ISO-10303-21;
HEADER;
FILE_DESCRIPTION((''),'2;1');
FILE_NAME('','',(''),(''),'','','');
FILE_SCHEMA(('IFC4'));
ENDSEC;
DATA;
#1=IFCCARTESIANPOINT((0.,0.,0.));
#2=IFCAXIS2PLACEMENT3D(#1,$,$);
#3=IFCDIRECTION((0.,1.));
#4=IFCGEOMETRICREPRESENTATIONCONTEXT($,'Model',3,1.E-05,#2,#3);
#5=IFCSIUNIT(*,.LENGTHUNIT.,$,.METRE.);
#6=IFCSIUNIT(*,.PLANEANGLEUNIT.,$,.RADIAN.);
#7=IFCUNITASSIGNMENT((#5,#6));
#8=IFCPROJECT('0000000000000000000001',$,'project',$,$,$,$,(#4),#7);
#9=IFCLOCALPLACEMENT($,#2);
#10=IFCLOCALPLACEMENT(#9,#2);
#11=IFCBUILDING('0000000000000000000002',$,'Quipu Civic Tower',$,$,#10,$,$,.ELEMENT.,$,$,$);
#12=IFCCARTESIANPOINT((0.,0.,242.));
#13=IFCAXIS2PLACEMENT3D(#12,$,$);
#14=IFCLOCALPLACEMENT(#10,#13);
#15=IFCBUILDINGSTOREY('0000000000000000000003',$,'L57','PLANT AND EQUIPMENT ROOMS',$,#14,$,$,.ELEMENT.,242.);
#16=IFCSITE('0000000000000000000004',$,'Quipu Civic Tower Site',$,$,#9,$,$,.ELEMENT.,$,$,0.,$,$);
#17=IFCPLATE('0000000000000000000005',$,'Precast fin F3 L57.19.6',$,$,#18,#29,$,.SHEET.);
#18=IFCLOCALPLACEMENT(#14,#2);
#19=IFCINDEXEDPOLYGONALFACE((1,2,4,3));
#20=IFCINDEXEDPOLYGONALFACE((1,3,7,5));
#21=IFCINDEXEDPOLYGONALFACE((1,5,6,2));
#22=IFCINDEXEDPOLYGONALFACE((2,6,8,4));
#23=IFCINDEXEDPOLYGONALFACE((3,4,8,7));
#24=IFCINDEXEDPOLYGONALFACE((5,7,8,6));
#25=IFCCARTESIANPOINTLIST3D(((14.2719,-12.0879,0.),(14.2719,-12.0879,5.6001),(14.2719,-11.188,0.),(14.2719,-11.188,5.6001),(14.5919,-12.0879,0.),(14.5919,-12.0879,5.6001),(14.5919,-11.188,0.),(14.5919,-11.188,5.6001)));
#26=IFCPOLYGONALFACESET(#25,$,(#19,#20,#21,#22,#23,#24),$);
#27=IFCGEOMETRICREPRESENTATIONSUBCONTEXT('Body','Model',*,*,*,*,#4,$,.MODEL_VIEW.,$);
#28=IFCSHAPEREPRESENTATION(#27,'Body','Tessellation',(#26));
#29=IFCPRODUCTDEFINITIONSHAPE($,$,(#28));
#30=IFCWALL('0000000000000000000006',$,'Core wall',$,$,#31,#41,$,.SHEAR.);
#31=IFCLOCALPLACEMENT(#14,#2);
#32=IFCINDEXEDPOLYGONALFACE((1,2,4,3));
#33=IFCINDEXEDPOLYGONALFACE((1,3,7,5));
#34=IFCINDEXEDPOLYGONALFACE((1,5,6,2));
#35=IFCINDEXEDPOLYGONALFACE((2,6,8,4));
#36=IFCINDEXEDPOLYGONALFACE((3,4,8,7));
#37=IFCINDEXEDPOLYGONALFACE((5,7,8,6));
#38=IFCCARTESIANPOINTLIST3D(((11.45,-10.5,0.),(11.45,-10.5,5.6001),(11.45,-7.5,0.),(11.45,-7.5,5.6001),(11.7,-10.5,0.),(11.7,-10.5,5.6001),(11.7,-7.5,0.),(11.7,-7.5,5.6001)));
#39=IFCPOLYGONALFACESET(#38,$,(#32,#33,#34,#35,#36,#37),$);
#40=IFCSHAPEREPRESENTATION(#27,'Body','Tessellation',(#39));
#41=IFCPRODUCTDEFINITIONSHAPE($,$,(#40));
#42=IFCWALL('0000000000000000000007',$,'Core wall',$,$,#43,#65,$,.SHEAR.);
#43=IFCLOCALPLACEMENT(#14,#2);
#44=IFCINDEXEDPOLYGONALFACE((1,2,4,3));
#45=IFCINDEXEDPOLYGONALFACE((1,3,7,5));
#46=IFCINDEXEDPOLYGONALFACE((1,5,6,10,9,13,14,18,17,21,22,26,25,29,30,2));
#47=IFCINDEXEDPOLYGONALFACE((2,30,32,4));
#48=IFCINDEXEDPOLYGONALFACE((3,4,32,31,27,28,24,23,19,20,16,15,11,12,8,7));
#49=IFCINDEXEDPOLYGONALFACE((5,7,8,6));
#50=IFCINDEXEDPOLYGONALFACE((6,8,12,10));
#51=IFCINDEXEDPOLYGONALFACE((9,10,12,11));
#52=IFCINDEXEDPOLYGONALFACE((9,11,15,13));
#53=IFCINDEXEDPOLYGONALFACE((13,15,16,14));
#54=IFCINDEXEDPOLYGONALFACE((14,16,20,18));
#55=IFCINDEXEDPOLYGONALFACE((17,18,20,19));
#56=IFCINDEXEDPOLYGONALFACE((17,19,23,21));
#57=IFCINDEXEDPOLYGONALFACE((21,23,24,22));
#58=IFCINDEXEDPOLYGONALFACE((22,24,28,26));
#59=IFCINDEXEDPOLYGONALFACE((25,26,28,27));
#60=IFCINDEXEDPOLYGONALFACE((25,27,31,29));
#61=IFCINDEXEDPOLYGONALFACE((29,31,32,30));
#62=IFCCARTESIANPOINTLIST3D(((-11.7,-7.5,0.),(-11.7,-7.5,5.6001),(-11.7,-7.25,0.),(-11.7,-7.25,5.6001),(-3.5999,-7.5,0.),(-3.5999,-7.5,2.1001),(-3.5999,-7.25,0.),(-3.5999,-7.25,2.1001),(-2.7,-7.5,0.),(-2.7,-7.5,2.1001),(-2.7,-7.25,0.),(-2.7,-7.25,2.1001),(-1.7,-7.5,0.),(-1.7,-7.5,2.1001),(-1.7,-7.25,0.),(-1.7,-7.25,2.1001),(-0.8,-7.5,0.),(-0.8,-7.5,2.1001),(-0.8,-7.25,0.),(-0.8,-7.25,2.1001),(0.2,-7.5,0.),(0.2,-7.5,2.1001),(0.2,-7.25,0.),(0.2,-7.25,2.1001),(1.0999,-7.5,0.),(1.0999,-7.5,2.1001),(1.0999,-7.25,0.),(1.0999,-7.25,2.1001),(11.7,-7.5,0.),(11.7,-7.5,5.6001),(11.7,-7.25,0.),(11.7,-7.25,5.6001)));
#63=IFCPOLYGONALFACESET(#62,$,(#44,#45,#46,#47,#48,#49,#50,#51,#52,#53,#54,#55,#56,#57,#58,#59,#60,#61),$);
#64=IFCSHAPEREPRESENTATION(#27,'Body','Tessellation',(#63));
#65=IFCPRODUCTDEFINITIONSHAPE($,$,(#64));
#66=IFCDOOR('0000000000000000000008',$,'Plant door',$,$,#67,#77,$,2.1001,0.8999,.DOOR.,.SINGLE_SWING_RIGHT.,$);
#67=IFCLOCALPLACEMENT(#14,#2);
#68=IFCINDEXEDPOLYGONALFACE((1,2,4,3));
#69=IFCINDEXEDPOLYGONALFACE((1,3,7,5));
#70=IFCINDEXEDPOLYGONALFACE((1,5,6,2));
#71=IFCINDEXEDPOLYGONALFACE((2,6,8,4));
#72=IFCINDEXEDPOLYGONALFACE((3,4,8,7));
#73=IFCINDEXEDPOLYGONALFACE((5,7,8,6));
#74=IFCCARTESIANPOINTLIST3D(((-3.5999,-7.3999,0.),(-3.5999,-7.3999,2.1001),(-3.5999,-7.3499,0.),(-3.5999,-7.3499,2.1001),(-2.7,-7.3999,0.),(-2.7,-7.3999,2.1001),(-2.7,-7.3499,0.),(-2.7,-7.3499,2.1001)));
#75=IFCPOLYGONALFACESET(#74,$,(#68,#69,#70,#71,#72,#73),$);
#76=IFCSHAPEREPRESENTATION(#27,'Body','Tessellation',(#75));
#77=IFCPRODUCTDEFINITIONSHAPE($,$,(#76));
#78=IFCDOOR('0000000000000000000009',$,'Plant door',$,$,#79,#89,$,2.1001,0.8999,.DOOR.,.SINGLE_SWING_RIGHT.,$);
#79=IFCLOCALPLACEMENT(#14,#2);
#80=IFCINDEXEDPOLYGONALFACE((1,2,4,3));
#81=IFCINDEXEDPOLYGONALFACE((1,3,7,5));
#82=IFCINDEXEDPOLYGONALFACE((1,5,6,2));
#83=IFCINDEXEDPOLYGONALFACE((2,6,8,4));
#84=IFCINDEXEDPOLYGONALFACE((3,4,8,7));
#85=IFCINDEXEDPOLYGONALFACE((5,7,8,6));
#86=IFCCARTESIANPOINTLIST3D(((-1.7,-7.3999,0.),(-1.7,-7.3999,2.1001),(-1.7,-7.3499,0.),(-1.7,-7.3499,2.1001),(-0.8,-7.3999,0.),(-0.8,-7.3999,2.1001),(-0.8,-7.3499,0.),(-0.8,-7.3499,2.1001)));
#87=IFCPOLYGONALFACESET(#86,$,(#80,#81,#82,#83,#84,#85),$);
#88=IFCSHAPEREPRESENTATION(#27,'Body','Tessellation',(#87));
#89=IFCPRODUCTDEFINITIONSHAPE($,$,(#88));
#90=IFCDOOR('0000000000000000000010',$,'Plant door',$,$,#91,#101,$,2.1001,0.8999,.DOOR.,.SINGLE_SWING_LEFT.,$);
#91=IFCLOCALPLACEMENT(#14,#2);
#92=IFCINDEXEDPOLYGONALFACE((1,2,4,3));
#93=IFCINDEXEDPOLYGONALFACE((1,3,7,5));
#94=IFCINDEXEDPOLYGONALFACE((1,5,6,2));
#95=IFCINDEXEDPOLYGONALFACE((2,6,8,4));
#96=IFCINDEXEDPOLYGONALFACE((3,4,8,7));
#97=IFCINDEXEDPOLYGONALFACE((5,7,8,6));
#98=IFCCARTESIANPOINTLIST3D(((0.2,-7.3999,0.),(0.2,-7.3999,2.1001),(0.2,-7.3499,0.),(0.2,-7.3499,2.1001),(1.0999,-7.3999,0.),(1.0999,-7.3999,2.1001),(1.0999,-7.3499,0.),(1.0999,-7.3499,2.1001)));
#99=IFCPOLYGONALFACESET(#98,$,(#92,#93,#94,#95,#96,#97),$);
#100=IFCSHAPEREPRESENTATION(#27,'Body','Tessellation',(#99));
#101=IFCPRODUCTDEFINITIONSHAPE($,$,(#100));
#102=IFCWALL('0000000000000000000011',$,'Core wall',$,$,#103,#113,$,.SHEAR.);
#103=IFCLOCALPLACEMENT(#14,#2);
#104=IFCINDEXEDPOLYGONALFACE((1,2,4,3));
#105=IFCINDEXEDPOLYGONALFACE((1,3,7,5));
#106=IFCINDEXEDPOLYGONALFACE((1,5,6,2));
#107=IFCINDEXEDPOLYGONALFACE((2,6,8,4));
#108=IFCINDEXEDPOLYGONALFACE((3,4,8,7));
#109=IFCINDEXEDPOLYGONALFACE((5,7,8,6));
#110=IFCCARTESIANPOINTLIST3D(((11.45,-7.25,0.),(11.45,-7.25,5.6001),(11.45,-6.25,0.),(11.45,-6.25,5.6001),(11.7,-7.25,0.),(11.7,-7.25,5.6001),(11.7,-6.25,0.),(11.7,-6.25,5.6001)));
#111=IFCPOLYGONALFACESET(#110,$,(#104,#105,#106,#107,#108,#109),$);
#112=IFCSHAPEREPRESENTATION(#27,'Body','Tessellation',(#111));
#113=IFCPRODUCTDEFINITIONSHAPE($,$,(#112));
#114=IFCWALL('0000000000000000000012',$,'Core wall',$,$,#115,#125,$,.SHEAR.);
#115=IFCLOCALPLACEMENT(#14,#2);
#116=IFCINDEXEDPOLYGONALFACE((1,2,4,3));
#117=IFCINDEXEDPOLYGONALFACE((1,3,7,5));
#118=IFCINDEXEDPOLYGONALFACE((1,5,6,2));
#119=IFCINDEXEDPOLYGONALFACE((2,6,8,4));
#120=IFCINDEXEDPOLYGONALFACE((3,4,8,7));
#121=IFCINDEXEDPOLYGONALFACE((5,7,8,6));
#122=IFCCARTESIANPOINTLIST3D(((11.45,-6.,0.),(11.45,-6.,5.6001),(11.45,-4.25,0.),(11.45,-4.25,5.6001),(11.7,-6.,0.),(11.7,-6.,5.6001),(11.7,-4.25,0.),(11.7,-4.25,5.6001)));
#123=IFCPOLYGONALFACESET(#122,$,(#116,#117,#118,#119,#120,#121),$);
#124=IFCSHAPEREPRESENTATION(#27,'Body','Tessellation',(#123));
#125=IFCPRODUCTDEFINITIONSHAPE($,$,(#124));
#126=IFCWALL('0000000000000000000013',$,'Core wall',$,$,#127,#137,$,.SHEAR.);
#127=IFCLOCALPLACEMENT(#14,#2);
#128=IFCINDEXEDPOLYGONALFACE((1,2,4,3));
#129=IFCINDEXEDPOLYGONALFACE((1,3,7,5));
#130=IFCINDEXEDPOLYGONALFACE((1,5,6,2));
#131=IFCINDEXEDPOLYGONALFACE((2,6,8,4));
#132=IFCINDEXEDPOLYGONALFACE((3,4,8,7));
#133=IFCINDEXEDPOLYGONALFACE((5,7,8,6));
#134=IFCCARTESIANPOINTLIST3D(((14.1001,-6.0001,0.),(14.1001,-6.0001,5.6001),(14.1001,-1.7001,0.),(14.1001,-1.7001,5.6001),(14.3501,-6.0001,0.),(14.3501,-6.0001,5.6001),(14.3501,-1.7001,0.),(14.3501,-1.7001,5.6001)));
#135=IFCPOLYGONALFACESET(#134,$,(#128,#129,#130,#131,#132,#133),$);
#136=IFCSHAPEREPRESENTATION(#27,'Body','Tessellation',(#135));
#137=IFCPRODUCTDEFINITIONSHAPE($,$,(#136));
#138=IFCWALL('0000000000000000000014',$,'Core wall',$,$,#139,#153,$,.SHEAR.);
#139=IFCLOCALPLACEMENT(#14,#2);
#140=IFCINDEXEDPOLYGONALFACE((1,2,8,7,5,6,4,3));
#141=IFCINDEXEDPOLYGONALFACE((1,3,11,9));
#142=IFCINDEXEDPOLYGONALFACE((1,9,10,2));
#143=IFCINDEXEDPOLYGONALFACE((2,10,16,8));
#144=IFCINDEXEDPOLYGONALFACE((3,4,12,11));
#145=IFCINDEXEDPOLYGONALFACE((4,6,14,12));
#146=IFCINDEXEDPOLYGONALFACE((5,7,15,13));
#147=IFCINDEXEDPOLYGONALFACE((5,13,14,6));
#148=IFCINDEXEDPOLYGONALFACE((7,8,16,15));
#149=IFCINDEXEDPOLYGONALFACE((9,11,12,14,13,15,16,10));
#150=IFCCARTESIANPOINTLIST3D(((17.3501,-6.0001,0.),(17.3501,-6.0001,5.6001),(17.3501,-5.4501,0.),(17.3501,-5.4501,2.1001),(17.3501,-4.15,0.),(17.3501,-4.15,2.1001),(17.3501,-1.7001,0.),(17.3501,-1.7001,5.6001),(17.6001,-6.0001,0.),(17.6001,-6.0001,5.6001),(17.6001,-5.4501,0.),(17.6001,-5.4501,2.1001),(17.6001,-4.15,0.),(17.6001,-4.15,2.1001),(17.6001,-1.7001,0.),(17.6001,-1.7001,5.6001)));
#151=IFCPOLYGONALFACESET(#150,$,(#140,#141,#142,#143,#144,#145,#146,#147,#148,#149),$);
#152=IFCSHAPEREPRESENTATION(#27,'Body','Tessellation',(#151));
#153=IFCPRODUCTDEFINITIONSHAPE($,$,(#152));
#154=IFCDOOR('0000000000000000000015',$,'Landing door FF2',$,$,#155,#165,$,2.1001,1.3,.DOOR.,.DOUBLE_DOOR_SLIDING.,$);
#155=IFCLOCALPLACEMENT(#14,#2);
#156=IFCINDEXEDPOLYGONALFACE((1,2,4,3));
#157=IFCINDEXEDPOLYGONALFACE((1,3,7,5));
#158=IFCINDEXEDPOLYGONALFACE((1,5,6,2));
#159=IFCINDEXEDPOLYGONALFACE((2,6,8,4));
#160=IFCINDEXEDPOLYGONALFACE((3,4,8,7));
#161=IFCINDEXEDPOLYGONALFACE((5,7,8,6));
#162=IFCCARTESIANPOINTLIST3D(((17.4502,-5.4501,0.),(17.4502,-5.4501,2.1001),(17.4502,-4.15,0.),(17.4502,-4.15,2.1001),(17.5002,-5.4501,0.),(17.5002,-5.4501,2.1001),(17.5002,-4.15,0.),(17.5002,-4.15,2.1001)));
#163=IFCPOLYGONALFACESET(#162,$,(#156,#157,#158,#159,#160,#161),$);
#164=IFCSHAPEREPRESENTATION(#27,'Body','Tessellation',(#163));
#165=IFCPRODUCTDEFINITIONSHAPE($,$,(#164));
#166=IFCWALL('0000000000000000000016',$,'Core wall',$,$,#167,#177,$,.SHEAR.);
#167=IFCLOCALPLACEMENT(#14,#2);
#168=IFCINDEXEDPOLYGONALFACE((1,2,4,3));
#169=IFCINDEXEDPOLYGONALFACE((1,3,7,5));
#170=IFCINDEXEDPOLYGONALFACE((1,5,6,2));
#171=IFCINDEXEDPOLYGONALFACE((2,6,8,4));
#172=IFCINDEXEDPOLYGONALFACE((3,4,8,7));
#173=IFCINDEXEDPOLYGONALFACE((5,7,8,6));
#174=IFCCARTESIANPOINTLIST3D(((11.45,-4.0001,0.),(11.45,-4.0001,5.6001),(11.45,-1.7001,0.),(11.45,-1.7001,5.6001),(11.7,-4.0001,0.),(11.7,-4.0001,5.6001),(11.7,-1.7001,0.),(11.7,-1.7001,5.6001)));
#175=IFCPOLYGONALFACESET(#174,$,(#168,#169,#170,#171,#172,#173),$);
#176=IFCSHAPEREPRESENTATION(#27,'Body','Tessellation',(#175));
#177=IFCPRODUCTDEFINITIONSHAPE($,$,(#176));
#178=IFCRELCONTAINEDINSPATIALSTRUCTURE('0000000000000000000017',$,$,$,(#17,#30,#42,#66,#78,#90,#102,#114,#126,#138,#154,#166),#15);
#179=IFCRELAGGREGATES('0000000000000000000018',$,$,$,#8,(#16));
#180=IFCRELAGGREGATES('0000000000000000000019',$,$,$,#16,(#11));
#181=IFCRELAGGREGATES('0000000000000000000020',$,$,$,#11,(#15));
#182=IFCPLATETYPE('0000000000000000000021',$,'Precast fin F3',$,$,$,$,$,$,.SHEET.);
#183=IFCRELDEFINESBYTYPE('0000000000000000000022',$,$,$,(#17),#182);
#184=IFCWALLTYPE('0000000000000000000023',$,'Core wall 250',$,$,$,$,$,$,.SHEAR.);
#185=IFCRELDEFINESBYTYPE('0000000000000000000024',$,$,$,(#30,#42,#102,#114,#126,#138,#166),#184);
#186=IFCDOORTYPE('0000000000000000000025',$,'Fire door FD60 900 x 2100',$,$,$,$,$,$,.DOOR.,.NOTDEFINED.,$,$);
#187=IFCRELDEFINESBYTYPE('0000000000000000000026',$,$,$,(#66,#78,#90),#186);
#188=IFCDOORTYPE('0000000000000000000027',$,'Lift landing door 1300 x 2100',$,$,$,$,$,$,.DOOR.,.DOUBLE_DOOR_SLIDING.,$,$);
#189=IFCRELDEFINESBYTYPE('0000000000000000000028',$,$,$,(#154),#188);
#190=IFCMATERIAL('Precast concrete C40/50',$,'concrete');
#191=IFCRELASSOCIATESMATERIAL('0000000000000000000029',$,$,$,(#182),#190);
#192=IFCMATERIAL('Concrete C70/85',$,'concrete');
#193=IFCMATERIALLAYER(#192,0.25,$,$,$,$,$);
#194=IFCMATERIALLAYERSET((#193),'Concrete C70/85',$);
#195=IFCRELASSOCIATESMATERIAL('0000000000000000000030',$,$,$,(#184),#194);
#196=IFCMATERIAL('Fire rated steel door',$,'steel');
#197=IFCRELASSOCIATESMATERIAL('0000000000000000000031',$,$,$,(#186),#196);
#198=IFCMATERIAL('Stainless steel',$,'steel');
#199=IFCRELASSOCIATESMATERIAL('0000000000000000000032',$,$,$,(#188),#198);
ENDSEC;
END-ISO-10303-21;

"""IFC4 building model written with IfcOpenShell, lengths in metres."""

from ifc_helpers import new_model, si_unit, direction, frame, frame_2d, origin, origin_2d, place, context, subcontext, project, spatial, rectangle, extrude, material, layer, layer_set, type_object, element, fill, save


model = new_model("IFC4")

# Units and contexts
model_context = context("Model", 3, precision=1e-05, world=origin(), true_north=direction((0.0, 1.0)))
body_context = subcontext(model_context, "Body", "Model", "MODEL_VIEW")
ifc_project = project(units=[si_unit("LENGTHUNIT", "METRE"), si_unit("PLANEANGLEUNIT", "RADIAN")], contexts=[model_context])

# Site, building, storey
site_placement = place(None, origin())
site = spatial("IfcSite", under=ifc_project, at=site_placement, Name="Quipu Civic Tower Site", CompositionType="ELEMENT", RefElevation=0.0)
building_placement = place(site_placement, origin())
building = spatial("IfcBuilding", under=site, at=building_placement, Name="Quipu Civic Tower", CompositionType="ELEMENT")
storey_placement = place(building_placement, frame((0.0, 0.0, 242.0)))
storey = spatial("IfcBuildingStorey", under=building, at=storey_placement, Name="L57", Description="PLANT AND EQUIPMENT ROOMS", CompositionType="ELEMENT", Elevation=242.0)

# Plate
ifc_material_1 = material(Name="Precast concrete C40/50", Category="concrete")
plate_type = type_object("IfcPlateType", Name="Precast fin F3", PredefinedType="SHEET", material=ifc_material_1)
plate_placement = place(storey_placement, frame((14.4319, -11.6379, 0.0), z_axis=(0.0, 0.0, 1.0), x_axis=(1.0, 0.0, 0.0)))
element("IfcPlate", 1, at=plate_placement, inside=storey, type_object=plate_type, Name="Precast fin F3 L57.19.6", PredefinedType="SHEET", context=body_context, shape_type="SweptSolid", body=[
    extrude(rectangle(XDim=0.3201, YDim=0.8999, at=origin_2d()), origin(), (0.0, 0.0, 1.0), 5.6001),
])

# Wall
ifc_material_2 = material(Name="Concrete C70/85", Category="concrete")
ifc_layer_1 = layer(ifc_material_2, 0.25)
ifc_layer_set_1 = layer_set([ifc_layer_1], Name="Concrete C70/85")
wall_type_1 = type_object("IfcWallType", Name="Core wall 250", PredefinedType="SHEAR", material=ifc_layer_set_1)
wall_1_placement = place(storey_placement, frame((11.575, -10.5, 0.0), z_axis=(0.0, 0.0, 1.0), x_axis=(0.0, 1.0, 0.0)))
element("IfcWall", 2, at=wall_1_placement, inside=storey, type_object=wall_type_1, Name="Core wall", PredefinedType="SHEAR", context=body_context, shape_type="SweptSolid", body=[
    extrude(rectangle(XDim=3.0, YDim=0.25, at=frame_2d((1.5, 0.0))), origin(), (0.0, 0.0, 1.0), 5.6001),
])

# Wall, openings, doors
wall_2_placement = place(storey_placement, frame((11.7, -7.375, 0.0), z_axis=(0.0, 0.0, 1.0), x_axis=(-1.0, 0.0, 0.0)))
wall_2 = element("IfcWall", 3, at=wall_2_placement, inside=storey, type_object=wall_type_1, Name="Core wall", PredefinedType="SHEAR", context=body_context, shape_type="SweptSolid", body=[
    extrude(rectangle(XDim=23.3999, YDim=0.25, at=frame_2d((11.7, 0.0))), origin(), (0.0, 0.0, 1.0), 5.6001),
])
opening_1_placement = place(wall_2_placement, frame((14.3999, 0.0, 0.0)))
opening_1 = element("IfcOpeningElement", 4, at=opening_1_placement, cuts=wall_2, PredefinedType="OPENING", context=body_context, shape_type="SweptSolid", body=[
    extrude(rectangle(XDim=0.8999, YDim=2.1001, at=frame_2d((0.45, 1.05))), frame((0.0, 0.135, 0.0), z_axis=(0.0, -1.0, 0.0), x_axis=(1.0, 0.0, 0.0)), (0.0, 0.0, 1.0), 0.27),
])
opening_2_placement = place(wall_2_placement, frame((12.5, 0.0, 0.0)))
opening_2 = element("IfcOpeningElement", 5, at=opening_2_placement, cuts=wall_2, PredefinedType="OPENING", context=body_context, shape_type="SweptSolid", body=[
    extrude(rectangle(XDim=0.8999, YDim=2.1001, at=frame_2d((0.45, 1.05))), frame((0.0, 0.135, 0.0), z_axis=(0.0, -1.0, 0.0), x_axis=(1.0, 0.0, 0.0)), (0.0, 0.0, 1.0), 0.27),
])
opening_3_placement = place(wall_2_placement, frame((10.6001, 0.0, 0.0)))
opening_3 = element("IfcOpeningElement", 6, at=opening_3_placement, cuts=wall_2, PredefinedType="OPENING", context=body_context, shape_type="SweptSolid", body=[
    extrude(rectangle(XDim=0.8999, YDim=2.1001, at=frame_2d((0.45, 1.05))), frame((0.0, 0.135, 0.0), z_axis=(0.0, -1.0, 0.0), x_axis=(1.0, 0.0, 0.0)), (0.0, 0.0, 1.0), 0.27),
])
ifc_material_3 = material(Name="Fire rated steel door", Category="steel")
door_type_1 = type_object("IfcDoorType", Name="Fire door FD60 900 x 2100", OperationType="NOTDEFINED", PredefinedType="DOOR", material=ifc_material_3)
door_1_placement = place(opening_1_placement, origin())
door_1 = element("IfcDoor", 7, at=door_1_placement, inside=storey, type_object=door_type_1, Name="Plant door", OperationType="SINGLE_SWING_RIGHT", OverallHeight=2.1001, OverallWidth=0.8999, PredefinedType="DOOR", context=body_context, shape_type="SweptSolid", body=[
    extrude(rectangle(XDim=0.8999, YDim=2.1001, at=frame_2d((0.45, 1.05))), frame((0.0, 0.0249, 0.0), z_axis=(0.0, -1.0, 0.0), x_axis=(1.0, 0.0, 0.0)), (0.0, 0.0, 1.0), 0.05),
])
fill(opening_1, door_1)
door_2_placement = place(opening_2_placement, origin())
door_2 = element("IfcDoor", 8, at=door_2_placement, inside=storey, type_object=door_type_1, Name="Plant door", OperationType="SINGLE_SWING_RIGHT", OverallHeight=2.1001, OverallWidth=0.8999, PredefinedType="DOOR", context=body_context, shape_type="SweptSolid", body=[
    extrude(rectangle(XDim=0.8999, YDim=2.1001, at=frame_2d((0.45, 1.05))), frame((0.0, 0.0249, 0.0), z_axis=(0.0, -1.0, 0.0), x_axis=(1.0, 0.0, 0.0)), (0.0, 0.0, 1.0), 0.05),
])
fill(opening_2, door_2)
door_3_placement = place(opening_3_placement, origin())
door_3 = element("IfcDoor", 9, at=door_3_placement, inside=storey, type_object=door_type_1, Name="Plant door", OperationType="SINGLE_SWING_LEFT", OverallHeight=2.1001, OverallWidth=0.8999, PredefinedType="DOOR", context=body_context, shape_type="SweptSolid", body=[
    extrude(rectangle(XDim=0.8999, YDim=2.1001, at=frame_2d((0.45, 1.05))), frame((0.0, 0.0249, 0.0), z_axis=(0.0, -1.0, 0.0), x_axis=(1.0, 0.0, 0.0)), (0.0, 0.0, 1.0), 0.05),
])
fill(opening_3, door_3)

# Walls
wall_3_placement = place(storey_placement, frame((11.575, -7.25, 0.0), z_axis=(0.0, 0.0, 1.0), x_axis=(0.0, 1.0, 0.0)))
element("IfcWall", 10, at=wall_3_placement, inside=storey, type_object=wall_type_1, Name="Core wall", PredefinedType="SHEAR", context=body_context, shape_type="SweptSolid", body=[
    extrude(rectangle(XDim=1.0, YDim=0.25, at=frame_2d((0.5, 0.0))), origin(), (0.0, 0.0, 1.0), 5.6001),
])
wall_4_placement = place(storey_placement, frame((11.575, -6.0, 0.0), z_axis=(0.0, 0.0, 1.0), x_axis=(0.0, 1.0, 0.0)))
element("IfcWall", 11, at=wall_4_placement, inside=storey, type_object=wall_type_1, Name="Core wall", PredefinedType="SHEAR", context=body_context, shape_type="SweptSolid", body=[
    extrude(rectangle(XDim=1.75, YDim=0.25, at=frame_2d((0.875, 0.0))), origin(), (0.0, 0.0, 1.0), 5.6001),
])
wall_5_placement = place(storey_placement, frame((14.2251, -6.0, 0.0), z_axis=(0.0, 0.0, 1.0), x_axis=(0.0, 1.0, 0.0)))
element("IfcWall", 12, at=wall_5_placement, inside=storey, type_object=wall_type_1, Name="Core wall", PredefinedType="SHEAR", context=body_context, shape_type="SweptSolid", body=[
    extrude(rectangle(XDim=4.3, YDim=0.25, at=frame_2d((2.1499, 0.0))), origin(), (0.0, 0.0, 1.0), 5.6001),
])

# Wall, opening, door
wall_6_placement = place(storey_placement, frame((17.4751, -6.0, 0.0), z_axis=(0.0, 0.0, 1.0), x_axis=(0.0, 1.0, 0.0)))
wall_6 = element("IfcWall", 13, at=wall_6_placement, inside=storey, type_object=wall_type_1, Name="Core wall", PredefinedType="SHEAR", context=body_context, shape_type="SweptSolid", body=[
    extrude(rectangle(XDim=4.3, YDim=0.25, at=frame_2d((2.1499, 0.0))), origin(), (0.0, 0.0, 1.0), 5.6001),
])
opening_4_placement = place(wall_6_placement, frame((0.55, 0.0, 0.0)))
opening_4 = element("IfcOpeningElement", 14, at=opening_4_placement, cuts=wall_6, PredefinedType="OPENING", context=body_context, shape_type="SweptSolid", body=[
    extrude(rectangle(XDim=1.3, YDim=2.1001, at=frame_2d((0.6499, 1.05))), frame((0.0, 0.135, 0.0), z_axis=(0.0, -1.0, 0.0), x_axis=(1.0, 0.0, 0.0)), (0.0, 0.0, 1.0), 0.27),
])
ifc_material_4 = material(Name="Stainless steel", Category="steel")
door_type_2 = type_object("IfcDoorType", Name="Lift landing door 1300 x 2100", OperationType="DOUBLE_DOOR_SLIDING", PredefinedType="DOOR", material=ifc_material_4)
door_4_placement = place(opening_4_placement, origin())
door_4 = element("IfcDoor", 15, at=door_4_placement, inside=storey, type_object=door_type_2, Name="Landing door FF2", OperationType="DOUBLE_DOOR_SLIDING", OverallHeight=2.1001, OverallWidth=1.3, PredefinedType="DOOR", context=body_context, shape_type="SweptSolid", body=[
    extrude(rectangle(XDim=1.3, YDim=2.1001, at=frame_2d((0.6499, 1.05))), frame((0.0, 0.0249, 0.0), z_axis=(0.0, -1.0, 0.0), x_axis=(1.0, 0.0, 0.0)), (0.0, 0.0, 1.0), 0.05),
])
fill(opening_4, door_4)

# Wall
wall_7_placement = place(storey_placement, frame((11.575, -4.0, 0.0), z_axis=(0.0, 0.0, 1.0), x_axis=(0.0, 1.0, 0.0)))
element("IfcWall", 16, at=wall_7_placement, inside=storey, type_object=wall_type_1, Name="Core wall", PredefinedType="SHEAR", context=body_context, shape_type="SweptSolid", body=[
    extrude(rectangle(XDim=2.3, YDim=0.25, at=frame_2d((1.1499, 0.0))), origin(), (0.0, 0.0, 1.0), 5.6001),
])

save(model, "model.ifc")
